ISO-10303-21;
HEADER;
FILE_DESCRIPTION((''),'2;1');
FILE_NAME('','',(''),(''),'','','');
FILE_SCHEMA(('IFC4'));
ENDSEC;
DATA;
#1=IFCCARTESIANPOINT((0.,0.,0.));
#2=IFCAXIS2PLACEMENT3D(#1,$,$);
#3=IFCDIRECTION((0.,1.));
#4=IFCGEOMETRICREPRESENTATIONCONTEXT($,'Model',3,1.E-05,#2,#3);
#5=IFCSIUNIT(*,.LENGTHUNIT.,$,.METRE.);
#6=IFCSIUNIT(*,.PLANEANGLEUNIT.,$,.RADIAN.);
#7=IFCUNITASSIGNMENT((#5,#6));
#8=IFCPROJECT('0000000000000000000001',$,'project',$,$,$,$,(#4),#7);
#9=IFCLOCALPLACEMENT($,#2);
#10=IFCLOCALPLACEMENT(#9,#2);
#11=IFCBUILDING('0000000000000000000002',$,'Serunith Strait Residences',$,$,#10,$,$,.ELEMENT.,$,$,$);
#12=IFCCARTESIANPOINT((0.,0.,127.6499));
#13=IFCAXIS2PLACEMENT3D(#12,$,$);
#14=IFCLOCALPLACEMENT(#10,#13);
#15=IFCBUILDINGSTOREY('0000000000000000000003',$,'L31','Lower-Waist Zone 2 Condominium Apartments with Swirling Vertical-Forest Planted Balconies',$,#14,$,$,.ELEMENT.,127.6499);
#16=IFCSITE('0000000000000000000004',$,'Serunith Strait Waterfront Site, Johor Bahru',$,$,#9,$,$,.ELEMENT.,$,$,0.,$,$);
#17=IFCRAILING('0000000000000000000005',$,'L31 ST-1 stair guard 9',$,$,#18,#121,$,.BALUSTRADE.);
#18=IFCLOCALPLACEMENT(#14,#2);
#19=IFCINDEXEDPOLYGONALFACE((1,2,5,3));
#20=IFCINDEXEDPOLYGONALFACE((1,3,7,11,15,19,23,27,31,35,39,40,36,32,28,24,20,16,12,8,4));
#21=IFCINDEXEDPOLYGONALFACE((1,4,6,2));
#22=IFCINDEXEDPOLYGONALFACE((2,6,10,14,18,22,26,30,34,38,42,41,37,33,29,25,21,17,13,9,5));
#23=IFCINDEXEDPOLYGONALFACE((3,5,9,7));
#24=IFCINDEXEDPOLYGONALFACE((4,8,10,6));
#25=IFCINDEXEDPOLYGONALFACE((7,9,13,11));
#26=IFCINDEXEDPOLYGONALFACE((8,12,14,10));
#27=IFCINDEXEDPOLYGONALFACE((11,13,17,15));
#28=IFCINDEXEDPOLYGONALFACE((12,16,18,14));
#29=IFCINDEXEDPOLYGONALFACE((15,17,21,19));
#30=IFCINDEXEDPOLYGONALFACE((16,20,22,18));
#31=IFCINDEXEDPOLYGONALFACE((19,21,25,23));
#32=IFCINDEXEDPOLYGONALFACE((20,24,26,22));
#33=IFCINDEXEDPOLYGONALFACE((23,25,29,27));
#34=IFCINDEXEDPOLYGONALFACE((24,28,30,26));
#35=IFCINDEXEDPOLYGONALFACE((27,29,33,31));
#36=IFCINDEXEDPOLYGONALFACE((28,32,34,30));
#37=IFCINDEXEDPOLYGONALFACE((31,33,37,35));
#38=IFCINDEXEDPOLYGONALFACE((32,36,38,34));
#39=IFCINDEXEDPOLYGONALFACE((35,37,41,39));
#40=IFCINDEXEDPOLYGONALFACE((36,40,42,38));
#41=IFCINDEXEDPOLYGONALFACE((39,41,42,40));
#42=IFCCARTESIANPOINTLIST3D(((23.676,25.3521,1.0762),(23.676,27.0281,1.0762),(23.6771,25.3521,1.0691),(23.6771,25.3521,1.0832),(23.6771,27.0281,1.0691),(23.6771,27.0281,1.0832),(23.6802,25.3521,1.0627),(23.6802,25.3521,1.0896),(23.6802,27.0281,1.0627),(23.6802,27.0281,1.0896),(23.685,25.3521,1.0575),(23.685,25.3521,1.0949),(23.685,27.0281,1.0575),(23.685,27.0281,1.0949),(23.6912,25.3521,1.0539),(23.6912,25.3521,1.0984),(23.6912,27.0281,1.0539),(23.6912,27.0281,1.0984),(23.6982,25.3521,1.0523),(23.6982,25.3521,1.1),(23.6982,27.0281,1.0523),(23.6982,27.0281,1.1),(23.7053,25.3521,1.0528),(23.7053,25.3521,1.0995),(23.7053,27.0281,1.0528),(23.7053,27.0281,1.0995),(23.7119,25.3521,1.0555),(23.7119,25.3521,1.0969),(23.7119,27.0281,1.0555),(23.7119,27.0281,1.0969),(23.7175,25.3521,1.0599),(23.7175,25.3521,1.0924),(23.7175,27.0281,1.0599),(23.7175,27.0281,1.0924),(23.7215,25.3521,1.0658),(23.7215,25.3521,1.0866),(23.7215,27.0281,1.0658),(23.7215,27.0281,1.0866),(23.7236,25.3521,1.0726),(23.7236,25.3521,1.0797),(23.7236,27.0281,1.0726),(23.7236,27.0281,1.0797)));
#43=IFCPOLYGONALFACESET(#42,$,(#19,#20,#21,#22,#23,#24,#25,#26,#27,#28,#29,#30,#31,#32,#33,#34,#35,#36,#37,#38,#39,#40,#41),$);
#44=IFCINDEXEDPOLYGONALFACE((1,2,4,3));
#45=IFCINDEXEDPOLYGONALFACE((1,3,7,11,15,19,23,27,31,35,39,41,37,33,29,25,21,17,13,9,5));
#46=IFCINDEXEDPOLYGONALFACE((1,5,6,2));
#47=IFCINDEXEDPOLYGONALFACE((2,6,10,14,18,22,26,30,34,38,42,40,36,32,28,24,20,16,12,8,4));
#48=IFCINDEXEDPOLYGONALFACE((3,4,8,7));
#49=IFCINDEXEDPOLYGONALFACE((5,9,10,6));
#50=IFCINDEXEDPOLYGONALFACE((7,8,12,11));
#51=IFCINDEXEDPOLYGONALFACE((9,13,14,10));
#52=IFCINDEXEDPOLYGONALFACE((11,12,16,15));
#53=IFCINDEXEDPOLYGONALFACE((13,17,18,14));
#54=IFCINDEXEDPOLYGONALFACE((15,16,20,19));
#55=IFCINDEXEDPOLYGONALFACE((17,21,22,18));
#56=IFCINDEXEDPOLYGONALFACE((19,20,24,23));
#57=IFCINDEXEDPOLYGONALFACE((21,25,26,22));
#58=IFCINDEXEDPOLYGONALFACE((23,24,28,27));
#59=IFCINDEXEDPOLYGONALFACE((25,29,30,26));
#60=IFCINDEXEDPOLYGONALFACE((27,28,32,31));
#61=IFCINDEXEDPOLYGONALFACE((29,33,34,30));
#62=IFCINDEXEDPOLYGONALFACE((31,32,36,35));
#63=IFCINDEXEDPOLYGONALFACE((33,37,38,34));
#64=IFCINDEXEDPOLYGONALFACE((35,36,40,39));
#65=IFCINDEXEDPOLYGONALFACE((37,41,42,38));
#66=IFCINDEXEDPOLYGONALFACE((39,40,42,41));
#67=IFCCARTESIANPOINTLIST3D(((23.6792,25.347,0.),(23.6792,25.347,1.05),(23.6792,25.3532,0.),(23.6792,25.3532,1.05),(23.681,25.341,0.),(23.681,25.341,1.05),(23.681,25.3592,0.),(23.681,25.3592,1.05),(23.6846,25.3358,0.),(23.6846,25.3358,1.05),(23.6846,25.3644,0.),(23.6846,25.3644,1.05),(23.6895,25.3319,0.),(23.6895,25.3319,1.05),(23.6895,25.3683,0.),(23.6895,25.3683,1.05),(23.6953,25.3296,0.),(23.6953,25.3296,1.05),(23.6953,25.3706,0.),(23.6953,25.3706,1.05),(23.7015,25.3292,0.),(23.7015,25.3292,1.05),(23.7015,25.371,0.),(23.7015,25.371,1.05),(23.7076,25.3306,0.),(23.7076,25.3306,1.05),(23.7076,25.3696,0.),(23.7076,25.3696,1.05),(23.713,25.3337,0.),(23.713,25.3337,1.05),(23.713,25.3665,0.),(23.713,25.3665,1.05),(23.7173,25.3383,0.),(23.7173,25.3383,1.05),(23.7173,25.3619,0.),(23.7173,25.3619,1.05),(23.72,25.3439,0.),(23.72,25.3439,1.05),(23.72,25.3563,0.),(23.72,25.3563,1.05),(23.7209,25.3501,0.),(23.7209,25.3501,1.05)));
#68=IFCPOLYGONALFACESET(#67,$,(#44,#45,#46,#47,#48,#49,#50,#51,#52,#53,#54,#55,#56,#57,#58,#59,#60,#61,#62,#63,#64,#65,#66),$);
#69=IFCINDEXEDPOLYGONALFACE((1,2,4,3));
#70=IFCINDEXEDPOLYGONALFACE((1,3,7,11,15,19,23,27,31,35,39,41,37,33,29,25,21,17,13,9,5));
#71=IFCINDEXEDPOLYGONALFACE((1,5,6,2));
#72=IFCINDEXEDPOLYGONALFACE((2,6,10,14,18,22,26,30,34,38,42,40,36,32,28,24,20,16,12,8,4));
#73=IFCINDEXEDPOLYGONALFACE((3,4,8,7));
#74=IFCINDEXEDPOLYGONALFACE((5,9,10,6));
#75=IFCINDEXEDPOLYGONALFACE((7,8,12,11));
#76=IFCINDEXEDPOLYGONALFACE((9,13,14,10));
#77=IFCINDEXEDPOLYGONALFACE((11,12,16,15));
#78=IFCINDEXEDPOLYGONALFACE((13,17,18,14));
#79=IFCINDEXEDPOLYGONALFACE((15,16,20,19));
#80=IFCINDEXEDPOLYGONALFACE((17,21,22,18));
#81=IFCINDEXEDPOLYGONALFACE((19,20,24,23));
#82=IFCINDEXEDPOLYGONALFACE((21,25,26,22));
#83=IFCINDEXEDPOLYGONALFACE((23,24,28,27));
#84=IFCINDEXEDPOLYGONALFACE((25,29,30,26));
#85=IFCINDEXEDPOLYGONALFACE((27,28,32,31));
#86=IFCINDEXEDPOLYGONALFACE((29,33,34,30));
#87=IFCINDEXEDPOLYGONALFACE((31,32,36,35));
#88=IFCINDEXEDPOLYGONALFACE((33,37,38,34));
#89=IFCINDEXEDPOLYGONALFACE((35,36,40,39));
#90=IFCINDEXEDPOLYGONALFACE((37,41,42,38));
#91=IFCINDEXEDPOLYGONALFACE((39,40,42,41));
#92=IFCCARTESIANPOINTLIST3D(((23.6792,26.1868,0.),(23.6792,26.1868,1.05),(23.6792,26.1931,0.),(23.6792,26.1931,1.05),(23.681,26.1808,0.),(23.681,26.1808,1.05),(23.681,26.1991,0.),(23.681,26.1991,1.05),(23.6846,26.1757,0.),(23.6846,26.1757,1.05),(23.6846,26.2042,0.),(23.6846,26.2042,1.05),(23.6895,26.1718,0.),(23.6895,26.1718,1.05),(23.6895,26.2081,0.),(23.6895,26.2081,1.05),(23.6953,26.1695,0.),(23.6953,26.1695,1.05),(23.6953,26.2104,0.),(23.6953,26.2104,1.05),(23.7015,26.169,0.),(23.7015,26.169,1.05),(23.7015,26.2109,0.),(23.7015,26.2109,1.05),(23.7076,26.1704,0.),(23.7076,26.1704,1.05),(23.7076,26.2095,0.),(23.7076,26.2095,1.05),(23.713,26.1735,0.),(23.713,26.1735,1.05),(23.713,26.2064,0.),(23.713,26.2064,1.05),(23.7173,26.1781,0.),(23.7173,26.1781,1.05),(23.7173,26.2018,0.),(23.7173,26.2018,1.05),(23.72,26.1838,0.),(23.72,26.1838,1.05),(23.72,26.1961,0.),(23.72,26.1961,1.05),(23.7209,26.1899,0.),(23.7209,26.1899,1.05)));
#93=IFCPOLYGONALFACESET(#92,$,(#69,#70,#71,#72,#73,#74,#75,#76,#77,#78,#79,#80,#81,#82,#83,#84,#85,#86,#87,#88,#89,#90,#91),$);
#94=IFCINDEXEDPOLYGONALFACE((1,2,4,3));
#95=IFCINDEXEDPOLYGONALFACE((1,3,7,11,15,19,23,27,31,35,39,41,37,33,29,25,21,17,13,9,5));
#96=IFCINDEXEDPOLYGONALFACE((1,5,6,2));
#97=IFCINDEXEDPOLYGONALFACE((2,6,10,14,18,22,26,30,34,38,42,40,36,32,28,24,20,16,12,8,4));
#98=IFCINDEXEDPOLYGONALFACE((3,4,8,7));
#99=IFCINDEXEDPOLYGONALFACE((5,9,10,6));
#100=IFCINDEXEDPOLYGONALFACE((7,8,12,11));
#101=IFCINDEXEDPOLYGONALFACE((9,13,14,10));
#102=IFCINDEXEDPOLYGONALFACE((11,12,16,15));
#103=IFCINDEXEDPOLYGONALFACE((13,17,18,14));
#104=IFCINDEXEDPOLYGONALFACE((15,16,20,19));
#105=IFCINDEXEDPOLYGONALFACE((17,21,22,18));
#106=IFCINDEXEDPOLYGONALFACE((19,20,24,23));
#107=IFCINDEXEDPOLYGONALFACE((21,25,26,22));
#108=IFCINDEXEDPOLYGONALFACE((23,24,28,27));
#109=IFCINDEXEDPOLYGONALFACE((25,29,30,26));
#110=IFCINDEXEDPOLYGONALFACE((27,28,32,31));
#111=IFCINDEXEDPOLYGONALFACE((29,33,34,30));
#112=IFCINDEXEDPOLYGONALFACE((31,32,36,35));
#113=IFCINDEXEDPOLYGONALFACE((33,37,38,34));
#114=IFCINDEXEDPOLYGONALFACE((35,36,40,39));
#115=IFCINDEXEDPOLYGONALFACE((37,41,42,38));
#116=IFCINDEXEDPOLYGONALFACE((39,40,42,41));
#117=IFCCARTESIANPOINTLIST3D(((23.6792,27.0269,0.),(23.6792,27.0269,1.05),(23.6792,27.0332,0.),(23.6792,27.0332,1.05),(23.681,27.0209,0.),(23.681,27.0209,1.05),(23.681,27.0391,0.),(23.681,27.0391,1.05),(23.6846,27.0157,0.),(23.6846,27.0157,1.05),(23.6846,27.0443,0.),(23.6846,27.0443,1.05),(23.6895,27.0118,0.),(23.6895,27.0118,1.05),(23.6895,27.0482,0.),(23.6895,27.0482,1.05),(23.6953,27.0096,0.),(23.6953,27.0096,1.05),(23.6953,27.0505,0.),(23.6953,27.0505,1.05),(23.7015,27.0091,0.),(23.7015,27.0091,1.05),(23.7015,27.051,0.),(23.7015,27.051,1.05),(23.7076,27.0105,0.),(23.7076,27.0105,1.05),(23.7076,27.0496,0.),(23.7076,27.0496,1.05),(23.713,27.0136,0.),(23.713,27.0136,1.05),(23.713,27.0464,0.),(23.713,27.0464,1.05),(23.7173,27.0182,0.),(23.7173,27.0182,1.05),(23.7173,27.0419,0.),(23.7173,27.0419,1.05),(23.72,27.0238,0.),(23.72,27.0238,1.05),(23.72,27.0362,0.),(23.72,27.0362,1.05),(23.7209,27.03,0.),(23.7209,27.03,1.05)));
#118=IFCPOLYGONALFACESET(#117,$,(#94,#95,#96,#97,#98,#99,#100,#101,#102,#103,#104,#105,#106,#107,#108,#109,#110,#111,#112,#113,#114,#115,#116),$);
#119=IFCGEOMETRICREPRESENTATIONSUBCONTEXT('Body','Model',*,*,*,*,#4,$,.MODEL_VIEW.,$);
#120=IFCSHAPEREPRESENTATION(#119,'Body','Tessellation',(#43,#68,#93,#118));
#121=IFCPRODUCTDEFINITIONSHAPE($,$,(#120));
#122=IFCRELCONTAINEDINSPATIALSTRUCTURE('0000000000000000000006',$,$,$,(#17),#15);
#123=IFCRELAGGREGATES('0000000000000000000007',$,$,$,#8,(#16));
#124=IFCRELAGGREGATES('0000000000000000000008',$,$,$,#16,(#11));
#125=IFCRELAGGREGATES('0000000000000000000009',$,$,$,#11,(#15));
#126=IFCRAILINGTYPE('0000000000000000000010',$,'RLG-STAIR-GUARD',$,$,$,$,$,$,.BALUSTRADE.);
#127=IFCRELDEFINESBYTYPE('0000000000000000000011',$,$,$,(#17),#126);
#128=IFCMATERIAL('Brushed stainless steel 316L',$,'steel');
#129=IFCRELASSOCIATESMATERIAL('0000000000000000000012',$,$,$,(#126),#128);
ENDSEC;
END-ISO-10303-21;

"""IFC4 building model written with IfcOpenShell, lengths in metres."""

from ifc_helpers import new_model, si_unit, direction, frame, origin, origin_2d, place, context, subcontext, project, spatial, circle, extrude, material, type_object, element, save


model = new_model("IFC4")

# Units and contexts
model_context = context("Model", 3, precision=1e-05, world=origin(), true_north=direction((0.0, 1.0)))
body_context = subcontext(model_context, "Body", "Model", "MODEL_VIEW")
ifc_project = project(units=[si_unit("LENGTHUNIT", "METRE"), si_unit("PLANEANGLEUNIT", "RADIAN")], contexts=[model_context])

# Site, building, storey
site_placement = place(None, origin())
site = spatial("IfcSite", under=ifc_project, at=site_placement, Name="Serunith Strait Waterfront Site, Johor Bahru", CompositionType="ELEMENT", RefElevation=0.0)
building_placement = place(site_placement, origin())
building = spatial("IfcBuilding", under=site, at=building_placement, Name="Serunith Strait Residences", CompositionType="ELEMENT")
storey_placement = place(building_placement, frame((0.0, 0.0, 127.6499)))
storey = spatial("IfcBuildingStorey", under=building, at=storey_placement, Name="L31", Description="Lower-Waist Zone 2 Condominium Apartments with Swirling Vertical-Forest Planted Balconies", CompositionType="ELEMENT", Elevation=127.6499)

# Railing
ifc_material_1 = material(Name="Brushed stainless steel 316L", Category="steel")
railing_type_1 = type_object("IfcRailingType", Name="RLG-STAIR-GUARD", PredefinedType="BALUSTRADE", material=ifc_material_1)
for number, where, name in (
    (1, (23.7, 25.3501, 0.0), "L31 ST-1 stair guard 9"),
):
    element("IfcRailing", number, at=place(storey_placement, frame(where)), inside=storey, type_object=railing_type_1, Name=name, PredefinedType="BALUSTRADE", context=body_context, shape_type="SweptSolid", body=[
        extrude(circle(Radius=0.0239, at=origin_2d()), frame((0.0, 0.002, 1.0762), z_axis=(0.0, 1.0, 0.0), x_axis=(-1.0, 0.0, 0.0)), (0.0, 0.0, 1.0), 1.676),
        extrude(circle(Radius=0.021, at=origin_2d()), origin(), (0.0, 0.0, 1.0), 1.05),
        extrude(circle(Radius=0.021, at=origin_2d()), frame((0.0, 0.8398, 0.0)), (0.0, 0.0, 1.0), 1.05),
        extrude(circle(Radius=0.021, at=origin_2d()), frame((0.0, 1.6799, 0.0)), (0.0, 0.0, 1.0), 1.05),
    ])

save(model, "model.ifc")
